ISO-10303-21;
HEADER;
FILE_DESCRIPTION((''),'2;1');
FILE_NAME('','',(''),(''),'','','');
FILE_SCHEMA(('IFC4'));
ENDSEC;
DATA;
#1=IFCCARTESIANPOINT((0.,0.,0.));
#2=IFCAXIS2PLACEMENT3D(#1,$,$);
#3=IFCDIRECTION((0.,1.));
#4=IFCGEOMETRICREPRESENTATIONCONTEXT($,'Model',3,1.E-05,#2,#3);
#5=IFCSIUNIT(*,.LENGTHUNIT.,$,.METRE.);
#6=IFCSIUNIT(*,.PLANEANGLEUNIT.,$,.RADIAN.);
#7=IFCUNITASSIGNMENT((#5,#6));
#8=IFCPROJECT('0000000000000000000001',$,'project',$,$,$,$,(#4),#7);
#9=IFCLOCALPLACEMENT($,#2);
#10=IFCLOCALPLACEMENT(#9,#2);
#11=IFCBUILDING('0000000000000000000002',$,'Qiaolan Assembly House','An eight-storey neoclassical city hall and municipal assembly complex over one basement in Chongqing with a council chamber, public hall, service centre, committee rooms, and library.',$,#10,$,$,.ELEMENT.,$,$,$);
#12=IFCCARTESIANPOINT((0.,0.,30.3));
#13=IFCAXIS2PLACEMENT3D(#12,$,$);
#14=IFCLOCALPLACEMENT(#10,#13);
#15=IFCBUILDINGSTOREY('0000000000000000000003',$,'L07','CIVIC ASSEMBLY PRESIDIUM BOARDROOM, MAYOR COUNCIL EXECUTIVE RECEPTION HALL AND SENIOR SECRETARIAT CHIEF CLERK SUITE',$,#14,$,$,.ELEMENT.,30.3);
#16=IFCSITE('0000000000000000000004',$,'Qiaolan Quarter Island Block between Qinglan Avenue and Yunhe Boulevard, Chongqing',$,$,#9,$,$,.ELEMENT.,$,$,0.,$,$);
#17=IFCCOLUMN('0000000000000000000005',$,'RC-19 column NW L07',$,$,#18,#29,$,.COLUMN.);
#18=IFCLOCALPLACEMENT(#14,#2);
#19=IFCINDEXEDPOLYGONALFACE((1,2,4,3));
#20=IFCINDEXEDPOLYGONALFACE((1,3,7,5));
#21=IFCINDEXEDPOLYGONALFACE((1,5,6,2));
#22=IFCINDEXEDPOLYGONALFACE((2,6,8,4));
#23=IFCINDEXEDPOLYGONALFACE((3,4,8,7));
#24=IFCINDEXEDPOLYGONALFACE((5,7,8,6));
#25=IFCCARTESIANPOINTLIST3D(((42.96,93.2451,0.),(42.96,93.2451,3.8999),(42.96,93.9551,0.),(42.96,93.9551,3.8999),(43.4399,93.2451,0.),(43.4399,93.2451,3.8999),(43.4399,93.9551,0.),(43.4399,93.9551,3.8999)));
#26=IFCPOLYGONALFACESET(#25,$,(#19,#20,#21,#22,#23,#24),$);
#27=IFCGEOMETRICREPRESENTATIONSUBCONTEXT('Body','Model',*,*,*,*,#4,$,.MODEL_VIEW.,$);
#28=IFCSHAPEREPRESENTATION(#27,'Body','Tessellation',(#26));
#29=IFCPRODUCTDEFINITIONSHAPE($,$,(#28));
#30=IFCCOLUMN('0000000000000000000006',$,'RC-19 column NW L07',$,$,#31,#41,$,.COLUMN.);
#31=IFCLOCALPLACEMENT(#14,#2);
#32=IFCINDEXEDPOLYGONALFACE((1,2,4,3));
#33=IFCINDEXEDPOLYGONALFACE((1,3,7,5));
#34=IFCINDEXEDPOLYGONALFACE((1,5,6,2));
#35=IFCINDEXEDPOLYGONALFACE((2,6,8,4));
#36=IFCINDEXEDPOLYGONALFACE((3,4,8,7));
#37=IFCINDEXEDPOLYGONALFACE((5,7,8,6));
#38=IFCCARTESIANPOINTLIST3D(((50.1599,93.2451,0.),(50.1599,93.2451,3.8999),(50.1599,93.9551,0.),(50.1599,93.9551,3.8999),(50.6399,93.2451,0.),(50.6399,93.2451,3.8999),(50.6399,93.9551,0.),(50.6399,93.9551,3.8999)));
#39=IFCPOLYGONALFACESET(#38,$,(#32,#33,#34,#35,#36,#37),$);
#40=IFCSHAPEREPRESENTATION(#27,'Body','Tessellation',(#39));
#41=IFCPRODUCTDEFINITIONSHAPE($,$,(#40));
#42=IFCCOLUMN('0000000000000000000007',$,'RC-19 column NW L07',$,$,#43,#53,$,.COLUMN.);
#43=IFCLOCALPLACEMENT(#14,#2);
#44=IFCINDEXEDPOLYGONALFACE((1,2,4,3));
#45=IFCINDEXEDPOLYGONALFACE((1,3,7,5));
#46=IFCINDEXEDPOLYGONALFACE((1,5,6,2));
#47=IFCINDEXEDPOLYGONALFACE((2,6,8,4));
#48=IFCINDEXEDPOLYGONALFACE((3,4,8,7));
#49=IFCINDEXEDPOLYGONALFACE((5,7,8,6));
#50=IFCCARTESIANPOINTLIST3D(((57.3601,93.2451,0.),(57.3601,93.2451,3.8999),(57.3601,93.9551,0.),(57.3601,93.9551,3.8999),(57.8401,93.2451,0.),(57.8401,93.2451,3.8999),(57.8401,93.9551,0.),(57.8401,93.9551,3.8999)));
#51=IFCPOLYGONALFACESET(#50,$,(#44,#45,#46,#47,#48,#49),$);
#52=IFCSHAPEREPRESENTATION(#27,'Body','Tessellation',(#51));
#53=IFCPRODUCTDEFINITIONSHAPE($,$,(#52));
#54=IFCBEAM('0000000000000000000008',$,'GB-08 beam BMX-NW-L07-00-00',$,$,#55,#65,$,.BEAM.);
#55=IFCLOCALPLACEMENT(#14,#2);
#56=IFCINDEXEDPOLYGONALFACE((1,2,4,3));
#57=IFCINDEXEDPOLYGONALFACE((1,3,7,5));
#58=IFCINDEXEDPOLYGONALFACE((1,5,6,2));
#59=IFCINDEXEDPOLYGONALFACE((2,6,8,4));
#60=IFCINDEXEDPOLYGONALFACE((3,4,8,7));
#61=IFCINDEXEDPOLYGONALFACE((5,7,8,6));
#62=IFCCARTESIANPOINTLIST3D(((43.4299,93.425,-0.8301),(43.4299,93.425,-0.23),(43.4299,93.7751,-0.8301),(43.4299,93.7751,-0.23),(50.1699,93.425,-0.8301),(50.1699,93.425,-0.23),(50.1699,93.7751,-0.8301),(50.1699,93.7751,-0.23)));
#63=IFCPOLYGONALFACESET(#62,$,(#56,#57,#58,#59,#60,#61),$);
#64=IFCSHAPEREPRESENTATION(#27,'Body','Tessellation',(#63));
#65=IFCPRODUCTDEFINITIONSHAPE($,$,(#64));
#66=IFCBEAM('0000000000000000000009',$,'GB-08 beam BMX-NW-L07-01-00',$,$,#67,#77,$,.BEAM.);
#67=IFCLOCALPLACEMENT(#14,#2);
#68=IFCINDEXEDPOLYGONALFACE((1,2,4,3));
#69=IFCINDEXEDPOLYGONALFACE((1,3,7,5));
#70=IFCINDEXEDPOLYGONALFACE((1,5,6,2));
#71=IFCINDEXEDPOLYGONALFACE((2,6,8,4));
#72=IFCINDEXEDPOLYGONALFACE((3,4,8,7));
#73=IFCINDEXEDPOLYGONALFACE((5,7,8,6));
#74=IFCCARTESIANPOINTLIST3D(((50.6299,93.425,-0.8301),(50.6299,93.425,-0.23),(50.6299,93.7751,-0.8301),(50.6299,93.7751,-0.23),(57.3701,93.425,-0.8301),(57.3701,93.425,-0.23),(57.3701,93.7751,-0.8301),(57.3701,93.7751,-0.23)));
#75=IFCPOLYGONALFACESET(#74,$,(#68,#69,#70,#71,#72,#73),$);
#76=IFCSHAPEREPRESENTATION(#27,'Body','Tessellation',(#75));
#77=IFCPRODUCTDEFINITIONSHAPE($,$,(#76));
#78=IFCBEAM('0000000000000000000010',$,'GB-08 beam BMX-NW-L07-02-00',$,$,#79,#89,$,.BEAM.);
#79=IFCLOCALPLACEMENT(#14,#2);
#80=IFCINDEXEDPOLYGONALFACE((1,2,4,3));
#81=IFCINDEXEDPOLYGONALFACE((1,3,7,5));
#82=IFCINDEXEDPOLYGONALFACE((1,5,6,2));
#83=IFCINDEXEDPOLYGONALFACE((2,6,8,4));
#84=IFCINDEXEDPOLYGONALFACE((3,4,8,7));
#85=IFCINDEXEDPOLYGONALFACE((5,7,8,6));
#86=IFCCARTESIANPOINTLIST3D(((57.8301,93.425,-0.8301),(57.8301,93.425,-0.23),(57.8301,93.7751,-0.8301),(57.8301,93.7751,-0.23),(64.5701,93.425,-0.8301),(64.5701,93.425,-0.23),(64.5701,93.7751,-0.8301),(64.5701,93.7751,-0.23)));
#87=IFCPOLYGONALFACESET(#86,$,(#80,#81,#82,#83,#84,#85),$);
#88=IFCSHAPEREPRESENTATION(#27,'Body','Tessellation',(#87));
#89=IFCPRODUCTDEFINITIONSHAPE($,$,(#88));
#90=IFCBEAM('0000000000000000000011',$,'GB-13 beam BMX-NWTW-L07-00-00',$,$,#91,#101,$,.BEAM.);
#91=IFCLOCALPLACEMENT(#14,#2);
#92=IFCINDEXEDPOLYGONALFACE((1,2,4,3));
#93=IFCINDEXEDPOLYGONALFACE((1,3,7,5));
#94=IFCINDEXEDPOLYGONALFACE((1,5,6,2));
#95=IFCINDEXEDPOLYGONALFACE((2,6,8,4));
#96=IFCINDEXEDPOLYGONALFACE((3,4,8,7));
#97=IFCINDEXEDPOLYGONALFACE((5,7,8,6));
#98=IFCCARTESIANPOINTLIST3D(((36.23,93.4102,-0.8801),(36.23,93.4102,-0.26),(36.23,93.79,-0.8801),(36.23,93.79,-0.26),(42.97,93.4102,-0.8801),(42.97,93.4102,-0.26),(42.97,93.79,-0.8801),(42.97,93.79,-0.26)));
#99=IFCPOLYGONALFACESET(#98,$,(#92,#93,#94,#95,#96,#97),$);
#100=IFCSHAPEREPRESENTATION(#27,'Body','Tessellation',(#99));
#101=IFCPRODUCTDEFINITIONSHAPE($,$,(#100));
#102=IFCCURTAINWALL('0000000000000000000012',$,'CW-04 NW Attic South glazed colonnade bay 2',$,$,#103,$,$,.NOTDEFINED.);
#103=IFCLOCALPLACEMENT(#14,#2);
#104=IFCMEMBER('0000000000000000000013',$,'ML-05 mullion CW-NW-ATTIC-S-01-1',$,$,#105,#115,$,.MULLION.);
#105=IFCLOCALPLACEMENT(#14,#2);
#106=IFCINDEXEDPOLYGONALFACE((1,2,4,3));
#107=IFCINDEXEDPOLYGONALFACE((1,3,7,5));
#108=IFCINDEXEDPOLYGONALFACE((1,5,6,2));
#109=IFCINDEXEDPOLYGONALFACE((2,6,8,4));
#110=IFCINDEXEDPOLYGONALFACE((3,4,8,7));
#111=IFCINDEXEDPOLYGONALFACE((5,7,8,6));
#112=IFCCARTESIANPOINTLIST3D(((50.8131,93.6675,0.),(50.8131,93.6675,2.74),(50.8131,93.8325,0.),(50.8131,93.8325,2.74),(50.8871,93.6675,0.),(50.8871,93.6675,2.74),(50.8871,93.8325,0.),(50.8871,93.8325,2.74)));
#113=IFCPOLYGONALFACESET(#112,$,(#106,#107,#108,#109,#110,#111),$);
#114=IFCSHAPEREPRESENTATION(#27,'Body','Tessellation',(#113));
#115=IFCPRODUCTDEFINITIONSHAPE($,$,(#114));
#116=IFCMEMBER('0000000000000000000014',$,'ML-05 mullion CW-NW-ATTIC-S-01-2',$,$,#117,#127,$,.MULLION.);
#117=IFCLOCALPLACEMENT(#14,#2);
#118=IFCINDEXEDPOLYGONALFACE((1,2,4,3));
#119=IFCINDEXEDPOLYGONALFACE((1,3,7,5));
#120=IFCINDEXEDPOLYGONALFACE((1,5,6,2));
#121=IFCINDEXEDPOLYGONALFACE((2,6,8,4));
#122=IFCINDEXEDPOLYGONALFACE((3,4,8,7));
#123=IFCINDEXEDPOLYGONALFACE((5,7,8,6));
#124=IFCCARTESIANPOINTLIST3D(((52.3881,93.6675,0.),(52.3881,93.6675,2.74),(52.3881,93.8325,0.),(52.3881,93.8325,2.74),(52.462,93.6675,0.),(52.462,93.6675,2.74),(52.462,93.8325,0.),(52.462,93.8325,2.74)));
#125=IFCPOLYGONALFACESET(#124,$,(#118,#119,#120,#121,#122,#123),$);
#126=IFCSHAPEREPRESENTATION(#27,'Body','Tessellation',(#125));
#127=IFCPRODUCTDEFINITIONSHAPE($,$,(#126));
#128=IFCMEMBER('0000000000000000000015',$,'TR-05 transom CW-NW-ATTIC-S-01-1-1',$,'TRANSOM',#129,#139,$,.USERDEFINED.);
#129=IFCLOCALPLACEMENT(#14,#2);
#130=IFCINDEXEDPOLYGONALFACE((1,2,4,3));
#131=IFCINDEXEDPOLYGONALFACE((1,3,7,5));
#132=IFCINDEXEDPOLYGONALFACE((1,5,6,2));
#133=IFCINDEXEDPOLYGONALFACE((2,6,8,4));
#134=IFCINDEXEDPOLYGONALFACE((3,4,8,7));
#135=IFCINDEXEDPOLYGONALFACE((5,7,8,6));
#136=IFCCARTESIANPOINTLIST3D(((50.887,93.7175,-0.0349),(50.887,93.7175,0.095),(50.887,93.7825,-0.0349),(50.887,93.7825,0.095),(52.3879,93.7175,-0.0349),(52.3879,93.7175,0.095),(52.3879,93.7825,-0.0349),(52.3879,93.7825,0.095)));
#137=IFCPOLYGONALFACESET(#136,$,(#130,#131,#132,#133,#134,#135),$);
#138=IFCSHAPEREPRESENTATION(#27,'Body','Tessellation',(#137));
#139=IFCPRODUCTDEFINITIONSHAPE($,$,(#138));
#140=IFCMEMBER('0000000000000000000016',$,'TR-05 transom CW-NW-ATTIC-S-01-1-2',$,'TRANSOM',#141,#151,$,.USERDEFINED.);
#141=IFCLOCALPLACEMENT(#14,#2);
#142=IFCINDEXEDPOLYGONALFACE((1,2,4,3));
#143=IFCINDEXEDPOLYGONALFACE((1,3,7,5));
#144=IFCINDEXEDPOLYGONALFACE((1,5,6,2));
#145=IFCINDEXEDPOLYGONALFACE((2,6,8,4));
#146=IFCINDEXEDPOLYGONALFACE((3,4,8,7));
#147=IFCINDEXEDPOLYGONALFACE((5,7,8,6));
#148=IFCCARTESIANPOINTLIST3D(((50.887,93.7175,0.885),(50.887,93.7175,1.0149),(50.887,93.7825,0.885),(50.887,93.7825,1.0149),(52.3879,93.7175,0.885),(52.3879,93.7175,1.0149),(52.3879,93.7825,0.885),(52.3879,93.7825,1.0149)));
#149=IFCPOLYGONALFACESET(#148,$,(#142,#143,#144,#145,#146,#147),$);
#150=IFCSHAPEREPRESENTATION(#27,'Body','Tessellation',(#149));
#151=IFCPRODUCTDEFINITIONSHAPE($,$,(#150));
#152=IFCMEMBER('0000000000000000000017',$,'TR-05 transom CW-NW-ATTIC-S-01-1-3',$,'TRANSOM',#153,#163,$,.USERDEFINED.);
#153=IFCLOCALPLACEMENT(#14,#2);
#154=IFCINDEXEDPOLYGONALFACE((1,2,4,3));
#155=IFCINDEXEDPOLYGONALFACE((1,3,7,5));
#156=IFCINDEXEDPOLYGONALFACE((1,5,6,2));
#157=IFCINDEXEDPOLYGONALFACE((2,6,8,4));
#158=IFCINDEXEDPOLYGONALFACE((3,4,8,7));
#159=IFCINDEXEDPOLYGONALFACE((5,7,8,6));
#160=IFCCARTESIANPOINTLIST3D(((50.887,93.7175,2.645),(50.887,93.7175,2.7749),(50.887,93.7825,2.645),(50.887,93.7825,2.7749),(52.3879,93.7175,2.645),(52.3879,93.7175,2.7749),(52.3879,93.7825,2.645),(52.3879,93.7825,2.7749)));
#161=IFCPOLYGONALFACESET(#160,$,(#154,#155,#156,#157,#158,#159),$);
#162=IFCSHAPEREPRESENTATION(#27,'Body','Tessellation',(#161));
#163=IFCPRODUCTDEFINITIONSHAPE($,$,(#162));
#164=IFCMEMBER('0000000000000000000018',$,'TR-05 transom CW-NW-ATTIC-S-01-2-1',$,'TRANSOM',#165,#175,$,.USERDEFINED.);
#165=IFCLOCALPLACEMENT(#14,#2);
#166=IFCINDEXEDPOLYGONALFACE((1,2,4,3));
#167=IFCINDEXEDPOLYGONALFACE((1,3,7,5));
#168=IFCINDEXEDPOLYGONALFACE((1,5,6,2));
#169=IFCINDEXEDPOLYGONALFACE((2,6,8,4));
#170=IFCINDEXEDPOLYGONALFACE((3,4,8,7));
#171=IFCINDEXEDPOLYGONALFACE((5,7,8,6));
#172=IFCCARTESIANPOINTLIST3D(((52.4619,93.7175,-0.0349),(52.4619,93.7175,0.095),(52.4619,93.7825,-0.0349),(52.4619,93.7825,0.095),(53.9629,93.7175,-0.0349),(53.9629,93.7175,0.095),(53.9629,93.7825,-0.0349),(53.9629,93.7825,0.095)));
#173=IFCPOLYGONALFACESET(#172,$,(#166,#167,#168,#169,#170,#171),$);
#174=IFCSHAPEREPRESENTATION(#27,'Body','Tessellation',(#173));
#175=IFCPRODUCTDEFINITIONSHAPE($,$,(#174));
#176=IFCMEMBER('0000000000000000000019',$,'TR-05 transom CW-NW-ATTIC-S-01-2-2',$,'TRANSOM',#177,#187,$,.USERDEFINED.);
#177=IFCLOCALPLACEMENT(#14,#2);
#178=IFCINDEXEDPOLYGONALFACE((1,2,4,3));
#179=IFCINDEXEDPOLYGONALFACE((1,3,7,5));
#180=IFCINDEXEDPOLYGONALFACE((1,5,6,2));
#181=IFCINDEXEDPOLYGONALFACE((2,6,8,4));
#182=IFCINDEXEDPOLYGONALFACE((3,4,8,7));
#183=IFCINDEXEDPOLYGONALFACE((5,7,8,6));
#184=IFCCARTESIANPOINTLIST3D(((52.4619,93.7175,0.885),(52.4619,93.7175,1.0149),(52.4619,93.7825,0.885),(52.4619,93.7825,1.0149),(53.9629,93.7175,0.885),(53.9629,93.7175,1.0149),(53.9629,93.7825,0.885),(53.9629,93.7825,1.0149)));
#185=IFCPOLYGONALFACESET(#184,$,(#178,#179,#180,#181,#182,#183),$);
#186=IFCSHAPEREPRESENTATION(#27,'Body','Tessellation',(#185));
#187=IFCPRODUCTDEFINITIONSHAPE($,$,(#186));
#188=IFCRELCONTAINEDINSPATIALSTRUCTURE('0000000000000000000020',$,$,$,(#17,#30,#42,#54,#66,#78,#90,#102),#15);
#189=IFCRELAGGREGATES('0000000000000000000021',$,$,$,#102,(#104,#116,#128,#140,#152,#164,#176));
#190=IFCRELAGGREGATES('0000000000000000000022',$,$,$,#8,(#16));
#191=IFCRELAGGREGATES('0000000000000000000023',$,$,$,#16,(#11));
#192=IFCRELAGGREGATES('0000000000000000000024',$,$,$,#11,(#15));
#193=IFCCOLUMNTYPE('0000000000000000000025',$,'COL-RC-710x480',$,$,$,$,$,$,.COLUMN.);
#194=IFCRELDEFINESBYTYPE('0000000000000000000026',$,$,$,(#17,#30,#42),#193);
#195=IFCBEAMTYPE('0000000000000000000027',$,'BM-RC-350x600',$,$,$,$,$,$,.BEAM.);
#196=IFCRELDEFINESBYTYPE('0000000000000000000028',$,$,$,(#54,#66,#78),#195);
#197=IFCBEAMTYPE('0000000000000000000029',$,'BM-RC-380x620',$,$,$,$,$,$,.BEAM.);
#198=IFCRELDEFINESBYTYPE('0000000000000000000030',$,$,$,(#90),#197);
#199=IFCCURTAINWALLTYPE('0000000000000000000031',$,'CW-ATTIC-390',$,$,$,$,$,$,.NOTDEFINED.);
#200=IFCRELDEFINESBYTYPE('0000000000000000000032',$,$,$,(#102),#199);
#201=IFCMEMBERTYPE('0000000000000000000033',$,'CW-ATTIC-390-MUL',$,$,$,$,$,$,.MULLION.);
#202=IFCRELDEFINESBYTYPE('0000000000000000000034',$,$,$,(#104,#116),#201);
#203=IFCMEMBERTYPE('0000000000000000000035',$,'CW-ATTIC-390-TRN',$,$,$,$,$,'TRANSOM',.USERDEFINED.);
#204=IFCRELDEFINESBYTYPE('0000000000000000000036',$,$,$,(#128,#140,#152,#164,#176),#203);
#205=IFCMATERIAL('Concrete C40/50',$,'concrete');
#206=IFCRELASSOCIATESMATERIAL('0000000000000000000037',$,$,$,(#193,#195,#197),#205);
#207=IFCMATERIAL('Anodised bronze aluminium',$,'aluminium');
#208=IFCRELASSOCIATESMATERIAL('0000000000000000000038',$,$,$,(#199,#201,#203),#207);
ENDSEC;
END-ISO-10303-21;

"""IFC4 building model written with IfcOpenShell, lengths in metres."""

from ifc_helpers import new_model, si_unit, direction, frame, origin, origin_2d, place, context, subcontext, project, spatial, rectangle, extrude, material, material_profile, profile_set, type_object, element, aggregate, save


model = new_model("IFC4")

# Units and contexts
model_context = context("Model", 3, precision=1e-05, world=origin(), true_north=direction((0.0, 1.0)))
body_context = subcontext(model_context, "Body", "Model", "MODEL_VIEW")
ifc_project = project(units=[si_unit("LENGTHUNIT", "METRE"), si_unit("PLANEANGLEUNIT", "RADIAN")], contexts=[model_context])

# Site, building, storey
site_placement = place(None, origin())
site = spatial("IfcSite", under=ifc_project, at=site_placement, Name="Qiaolan Quarter Island Block between Qinglan Avenue and Yunhe Boulevard, Chongqing", CompositionType="ELEMENT", RefElevation=0.0)
building_placement = place(site_placement, origin())
building = spatial("IfcBuilding", under=site, at=building_placement, Name="Qiaolan Assembly House", Description="An eight-storey neoclassical city hall and municipal assembly complex over one basement in Chongqing with a council chamber, public hall, service centre, committee rooms, and library.", CompositionType="ELEMENT")
storey_placement = place(building_placement, frame((0.0, 0.0, 30.3)))
storey = spatial("IfcBuildingStorey", under=building, at=storey_placement, Name="L07", Description="CIVIC ASSEMBLY PRESIDIUM BOARDROOM, MAYOR COUNCIL EXECUTIVE RECEPTION HALL AND SENIOR SECRETARIAT CHIEF CLERK SUITE", CompositionType="ELEMENT", Elevation=30.3)

# Columns
ifc_material_1 = material(Name="Concrete C40/50", Category="concrete")
ifc_material_profile_1 = material_profile(ifc_material_1, rectangle(XDim=0.48, YDim=0.71, at=origin_2d()), Name="RC 710x480")
ifc_profile_set_1 = profile_set([ifc_material_profile_1], Name="Concrete C40/50")
column_type = type_object("IfcColumnType", Name="COL-RC-710x480", PredefinedType="COLUMN", material=ifc_profile_set_1)
for number, where, z_axis, x_axis, name in (
    (1, (43.2, 93.6001, 0.0), (0.0, 0.0, 1.0), (1.0, 0.0, 0.0), "RC-19 column NW L07"),
    (2, (50.3999, 93.6001, 0.0), (0.0, 0.0, 1.0), (1.0, 0.0, 0.0), "RC-19 column NW L07"),
    (3, (57.6001, 93.6001, 0.0), (0.0, 0.0, 1.0), (1.0, 0.0, 0.0), "RC-19 column NW L07"),
):
    element("IfcColumn", number, at=place(storey_placement, frame(where, z_axis=z_axis, x_axis=x_axis)), inside=storey, type_object=column_type, Name=name, PredefinedType="COLUMN", context=body_context, shape_type="SweptSolid", body=[
        extrude(rectangle(XDim=0.48, YDim=0.71, at=origin_2d()), origin(), (0.0, 0.0, 1.0), 3.8999),
    ])

# Beams
ifc_material_profile_2 = material_profile(ifc_material_1, rectangle(XDim=0.3501, YDim=0.6001, at=origin_2d()), Name="RCB 350x600")
ifc_profile_set_2 = profile_set([ifc_material_profile_2], Name="Concrete C40/50")
beam_type_1 = type_object("IfcBeamType", Name="BM-RC-350x600", PredefinedType="BEAM", material=ifc_profile_set_2)
beam_1_placement = place(storey_placement, frame((43.4299, 93.6001, -0.53), z_axis=(1.0, 0.0, 0.0), x_axis=(0.0, 1.0, 0.0)))
element("IfcBeam", 4, at=beam_1_placement, inside=storey, type_object=beam_type_1, Name="GB-08 beam BMX-NW-L07-00-00", PredefinedType="BEAM", context=body_context, shape_type="SweptSolid", body=[
    extrude(rectangle(XDim=0.3501, YDim=0.6001, at=origin_2d()), origin(), (0.0, 0.0, 1.0), 6.74),
])
beam_2_placement = place(storey_placement, frame((50.6299, 93.6001, -0.53), z_axis=(1.0, 0.0, 0.0), x_axis=(0.0, 1.0, 0.0)))
element("IfcBeam", 5, at=beam_2_placement, inside=storey, type_object=beam_type_1, Name="GB-08 beam BMX-NW-L07-01-00", PredefinedType="BEAM", context=body_context, shape_type="SweptSolid", body=[
    extrude(rectangle(XDim=0.3501, YDim=0.6001, at=origin_2d()), origin(), (0.0, 0.0, 1.0), 6.7402),
])
beam_3_placement = place(storey_placement, frame((57.8301, 93.6001, -0.53), z_axis=(1.0, 0.0, 0.0), x_axis=(0.0, 1.0, 0.0)))
element("IfcBeam", 6, at=beam_3_placement, inside=storey, type_object=beam_type_1, Name="GB-08 beam BMX-NW-L07-02-00", PredefinedType="BEAM", context=body_context, shape_type="SweptSolid", body=[
    extrude(rectangle(XDim=0.3501, YDim=0.6001, at=origin_2d()), origin(), (0.0, 0.0, 1.0), 6.74),
])
ifc_material_profile_3 = material_profile(ifc_material_1, rectangle(XDim=0.3799, YDim=0.6201, at=origin_2d()), Name="RCB 380x620")
ifc_profile_set_3 = profile_set([ifc_material_profile_3], Name="Concrete C40/50")
beam_type_2 = type_object("IfcBeamType", Name="BM-RC-380x620", PredefinedType="BEAM", material=ifc_profile_set_3)
beam_4_placement = place(storey_placement, frame((36.23, 93.6001, -0.5701), z_axis=(1.0, 0.0, 0.0), x_axis=(0.0, 1.0, 0.0)))
element("IfcBeam", 7, at=beam_4_placement, inside=storey, type_object=beam_type_2, Name="GB-13 beam BMX-NWTW-L07-00-00", PredefinedType="BEAM", context=body_context, shape_type="SweptSolid", body=[
    extrude(rectangle(XDim=0.3799, YDim=0.6201, at=origin_2d()), origin(), (0.0, 0.0, 1.0), 6.74),
])

# Curtain wall, members
ifc_material_2 = material(Name="Anodised bronze aluminium", Category="aluminium")
curtain_wall_type = type_object("IfcCurtainWallType", Name="CW-ATTIC-390", PredefinedType="NOTDEFINED", material=ifc_material_2)
curtain_wall_placement = place(storey_placement, origin())
curtain_wall = element("IfcCurtainWall", 8, at=curtain_wall_placement, inside=storey, type_object=curtain_wall_type, Name="CW-04 NW Attic South glazed colonnade bay 2", PredefinedType="NOTDEFINED")
ifc_material_profile_4 = material_profile(ifc_material_2, rectangle(XDim=0.074, YDim=0.165, at=origin_2d()), Name="MUL 74x165")
ifc_profile_set_4 = profile_set([ifc_material_profile_4], Name="Anodised bronze aluminium")
member_type_1 = type_object("IfcMemberType", Name="CW-ATTIC-390-MUL", PredefinedType="MULLION", material=ifc_profile_set_4)
member_1_placement = place(storey_placement, frame((50.8501, 93.75, 0.0), z_axis=(0.0, 0.0, 1.0), x_axis=(1.0, 0.0, 0.0)))
member_1 = element("IfcMember", 9, at=member_1_placement, type_object=member_type_1, Name="ML-05 mullion CW-NW-ATTIC-S-01-1", PredefinedType="MULLION", context=body_context, shape_type="SweptSolid", body=[
    extrude(rectangle(XDim=0.074, YDim=0.165, at=origin_2d()), origin(), (0.0, 0.0, 1.0), 2.74),
])
member_2_placement = place(storey_placement, frame((52.425, 93.75, 0.0), z_axis=(0.0, 0.0, 1.0), x_axis=(1.0, 0.0, 0.0)))
member_2 = element("IfcMember", 10, at=member_2_placement, type_object=member_type_1, Name="ML-05 mullion CW-NW-ATTIC-S-01-2", PredefinedType="MULLION", context=body_context, shape_type="SweptSolid", body=[
    extrude(rectangle(XDim=0.074, YDim=0.165, at=origin_2d()), origin(), (0.0, 0.0, 1.0), 2.74),
])
ifc_material_profile_5 = material_profile(ifc_material_2, rectangle(XDim=0.0649, YDim=0.1299, at=origin_2d()), Name="TRN 65x130")
ifc_profile_set_5 = profile_set([ifc_material_profile_5], Name="Anodised bronze aluminium")
member_type_2 = type_object("IfcMemberType", Name="CW-ATTIC-390-TRN", ElementType="TRANSOM", PredefinedType="USERDEFINED", material=ifc_profile_set_5)
member_3_placement = place(storey_placement, frame((50.887, 93.75, 0.03), z_axis=(1.0, 0.0, 0.0), x_axis=(0.0, 1.0, 0.0)))
member_3 = element("IfcMember", 11, at=member_3_placement, type_object=member_type_2, Name="TR-05 transom CW-NW-ATTIC-S-01-1-1", ObjectType="TRANSOM", PredefinedType="USERDEFINED", context=body_context, shape_type="SweptSolid", body=[
    extrude(rectangle(XDim=0.0649, YDim=0.1299, at=origin_2d()), origin(), (0.0, 0.0, 1.0), 1.501),
])
member_4_placement = place(storey_placement, frame((50.887, 93.75, 0.95), z_axis=(1.0, 0.0, 0.0), x_axis=(0.0, 1.0, 0.0)))
member_4 = element("IfcMember", 12, at=member_4_placement, type_object=member_type_2, Name="TR-05 transom CW-NW-ATTIC-S-01-1-2", ObjectType="TRANSOM", PredefinedType="USERDEFINED", context=body_context, shape_type="SweptSolid", body=[
    extrude(rectangle(XDim=0.0649, YDim=0.1299, at=origin_2d()), origin(), (0.0, 0.0, 1.0), 1.501),
])
member_5_placement = place(storey_placement, frame((50.887, 93.75, 2.71), z_axis=(1.0, 0.0, 0.0), x_axis=(0.0, 1.0, 0.0)))
member_5 = element("IfcMember", 13, at=member_5_placement, type_object=member_type_2, Name="TR-05 transom CW-NW-ATTIC-S-01-1-3", ObjectType="TRANSOM", PredefinedType="USERDEFINED", context=body_context, shape_type="SweptSolid", body=[
    extrude(rectangle(XDim=0.0649, YDim=0.1299, at=origin_2d()), origin(), (0.0, 0.0, 1.0), 1.501),
])
member_6_placement = place(storey_placement, frame((52.4619, 93.75, 0.03), z_axis=(1.0, 0.0, 0.0), x_axis=(0.0, 1.0, 0.0)))
member_6 = element("IfcMember", 14, at=member_6_placement, type_object=member_type_2, Name="TR-05 transom CW-NW-ATTIC-S-01-2-1", ObjectType="TRANSOM", PredefinedType="USERDEFINED", context=body_context, shape_type="SweptSolid", body=[
    extrude(rectangle(XDim=0.0649, YDim=0.1299, at=origin_2d()), origin(), (0.0, 0.0, 1.0), 1.501),
])
member_7_placement = place(storey_placement, frame((52.4619, 93.75, 0.95), z_axis=(1.0, 0.0, 0.0), x_axis=(0.0, 1.0, 0.0)))
member_7 = element("IfcMember", 15, at=member_7_placement, type_object=member_type_2, Name="TR-05 transom CW-NW-ATTIC-S-01-2-2", ObjectType="TRANSOM", PredefinedType="USERDEFINED", context=body_context, shape_type="SweptSolid", body=[
    extrude(rectangle(XDim=0.0649, YDim=0.1299, at=origin_2d()), origin(), (0.0, 0.0, 1.0), 1.501),
])
aggregate(curtain_wall, [member_1, member_2, member_3, member_4, member_5, member_6, member_7])

save(model, "model.ifc")
